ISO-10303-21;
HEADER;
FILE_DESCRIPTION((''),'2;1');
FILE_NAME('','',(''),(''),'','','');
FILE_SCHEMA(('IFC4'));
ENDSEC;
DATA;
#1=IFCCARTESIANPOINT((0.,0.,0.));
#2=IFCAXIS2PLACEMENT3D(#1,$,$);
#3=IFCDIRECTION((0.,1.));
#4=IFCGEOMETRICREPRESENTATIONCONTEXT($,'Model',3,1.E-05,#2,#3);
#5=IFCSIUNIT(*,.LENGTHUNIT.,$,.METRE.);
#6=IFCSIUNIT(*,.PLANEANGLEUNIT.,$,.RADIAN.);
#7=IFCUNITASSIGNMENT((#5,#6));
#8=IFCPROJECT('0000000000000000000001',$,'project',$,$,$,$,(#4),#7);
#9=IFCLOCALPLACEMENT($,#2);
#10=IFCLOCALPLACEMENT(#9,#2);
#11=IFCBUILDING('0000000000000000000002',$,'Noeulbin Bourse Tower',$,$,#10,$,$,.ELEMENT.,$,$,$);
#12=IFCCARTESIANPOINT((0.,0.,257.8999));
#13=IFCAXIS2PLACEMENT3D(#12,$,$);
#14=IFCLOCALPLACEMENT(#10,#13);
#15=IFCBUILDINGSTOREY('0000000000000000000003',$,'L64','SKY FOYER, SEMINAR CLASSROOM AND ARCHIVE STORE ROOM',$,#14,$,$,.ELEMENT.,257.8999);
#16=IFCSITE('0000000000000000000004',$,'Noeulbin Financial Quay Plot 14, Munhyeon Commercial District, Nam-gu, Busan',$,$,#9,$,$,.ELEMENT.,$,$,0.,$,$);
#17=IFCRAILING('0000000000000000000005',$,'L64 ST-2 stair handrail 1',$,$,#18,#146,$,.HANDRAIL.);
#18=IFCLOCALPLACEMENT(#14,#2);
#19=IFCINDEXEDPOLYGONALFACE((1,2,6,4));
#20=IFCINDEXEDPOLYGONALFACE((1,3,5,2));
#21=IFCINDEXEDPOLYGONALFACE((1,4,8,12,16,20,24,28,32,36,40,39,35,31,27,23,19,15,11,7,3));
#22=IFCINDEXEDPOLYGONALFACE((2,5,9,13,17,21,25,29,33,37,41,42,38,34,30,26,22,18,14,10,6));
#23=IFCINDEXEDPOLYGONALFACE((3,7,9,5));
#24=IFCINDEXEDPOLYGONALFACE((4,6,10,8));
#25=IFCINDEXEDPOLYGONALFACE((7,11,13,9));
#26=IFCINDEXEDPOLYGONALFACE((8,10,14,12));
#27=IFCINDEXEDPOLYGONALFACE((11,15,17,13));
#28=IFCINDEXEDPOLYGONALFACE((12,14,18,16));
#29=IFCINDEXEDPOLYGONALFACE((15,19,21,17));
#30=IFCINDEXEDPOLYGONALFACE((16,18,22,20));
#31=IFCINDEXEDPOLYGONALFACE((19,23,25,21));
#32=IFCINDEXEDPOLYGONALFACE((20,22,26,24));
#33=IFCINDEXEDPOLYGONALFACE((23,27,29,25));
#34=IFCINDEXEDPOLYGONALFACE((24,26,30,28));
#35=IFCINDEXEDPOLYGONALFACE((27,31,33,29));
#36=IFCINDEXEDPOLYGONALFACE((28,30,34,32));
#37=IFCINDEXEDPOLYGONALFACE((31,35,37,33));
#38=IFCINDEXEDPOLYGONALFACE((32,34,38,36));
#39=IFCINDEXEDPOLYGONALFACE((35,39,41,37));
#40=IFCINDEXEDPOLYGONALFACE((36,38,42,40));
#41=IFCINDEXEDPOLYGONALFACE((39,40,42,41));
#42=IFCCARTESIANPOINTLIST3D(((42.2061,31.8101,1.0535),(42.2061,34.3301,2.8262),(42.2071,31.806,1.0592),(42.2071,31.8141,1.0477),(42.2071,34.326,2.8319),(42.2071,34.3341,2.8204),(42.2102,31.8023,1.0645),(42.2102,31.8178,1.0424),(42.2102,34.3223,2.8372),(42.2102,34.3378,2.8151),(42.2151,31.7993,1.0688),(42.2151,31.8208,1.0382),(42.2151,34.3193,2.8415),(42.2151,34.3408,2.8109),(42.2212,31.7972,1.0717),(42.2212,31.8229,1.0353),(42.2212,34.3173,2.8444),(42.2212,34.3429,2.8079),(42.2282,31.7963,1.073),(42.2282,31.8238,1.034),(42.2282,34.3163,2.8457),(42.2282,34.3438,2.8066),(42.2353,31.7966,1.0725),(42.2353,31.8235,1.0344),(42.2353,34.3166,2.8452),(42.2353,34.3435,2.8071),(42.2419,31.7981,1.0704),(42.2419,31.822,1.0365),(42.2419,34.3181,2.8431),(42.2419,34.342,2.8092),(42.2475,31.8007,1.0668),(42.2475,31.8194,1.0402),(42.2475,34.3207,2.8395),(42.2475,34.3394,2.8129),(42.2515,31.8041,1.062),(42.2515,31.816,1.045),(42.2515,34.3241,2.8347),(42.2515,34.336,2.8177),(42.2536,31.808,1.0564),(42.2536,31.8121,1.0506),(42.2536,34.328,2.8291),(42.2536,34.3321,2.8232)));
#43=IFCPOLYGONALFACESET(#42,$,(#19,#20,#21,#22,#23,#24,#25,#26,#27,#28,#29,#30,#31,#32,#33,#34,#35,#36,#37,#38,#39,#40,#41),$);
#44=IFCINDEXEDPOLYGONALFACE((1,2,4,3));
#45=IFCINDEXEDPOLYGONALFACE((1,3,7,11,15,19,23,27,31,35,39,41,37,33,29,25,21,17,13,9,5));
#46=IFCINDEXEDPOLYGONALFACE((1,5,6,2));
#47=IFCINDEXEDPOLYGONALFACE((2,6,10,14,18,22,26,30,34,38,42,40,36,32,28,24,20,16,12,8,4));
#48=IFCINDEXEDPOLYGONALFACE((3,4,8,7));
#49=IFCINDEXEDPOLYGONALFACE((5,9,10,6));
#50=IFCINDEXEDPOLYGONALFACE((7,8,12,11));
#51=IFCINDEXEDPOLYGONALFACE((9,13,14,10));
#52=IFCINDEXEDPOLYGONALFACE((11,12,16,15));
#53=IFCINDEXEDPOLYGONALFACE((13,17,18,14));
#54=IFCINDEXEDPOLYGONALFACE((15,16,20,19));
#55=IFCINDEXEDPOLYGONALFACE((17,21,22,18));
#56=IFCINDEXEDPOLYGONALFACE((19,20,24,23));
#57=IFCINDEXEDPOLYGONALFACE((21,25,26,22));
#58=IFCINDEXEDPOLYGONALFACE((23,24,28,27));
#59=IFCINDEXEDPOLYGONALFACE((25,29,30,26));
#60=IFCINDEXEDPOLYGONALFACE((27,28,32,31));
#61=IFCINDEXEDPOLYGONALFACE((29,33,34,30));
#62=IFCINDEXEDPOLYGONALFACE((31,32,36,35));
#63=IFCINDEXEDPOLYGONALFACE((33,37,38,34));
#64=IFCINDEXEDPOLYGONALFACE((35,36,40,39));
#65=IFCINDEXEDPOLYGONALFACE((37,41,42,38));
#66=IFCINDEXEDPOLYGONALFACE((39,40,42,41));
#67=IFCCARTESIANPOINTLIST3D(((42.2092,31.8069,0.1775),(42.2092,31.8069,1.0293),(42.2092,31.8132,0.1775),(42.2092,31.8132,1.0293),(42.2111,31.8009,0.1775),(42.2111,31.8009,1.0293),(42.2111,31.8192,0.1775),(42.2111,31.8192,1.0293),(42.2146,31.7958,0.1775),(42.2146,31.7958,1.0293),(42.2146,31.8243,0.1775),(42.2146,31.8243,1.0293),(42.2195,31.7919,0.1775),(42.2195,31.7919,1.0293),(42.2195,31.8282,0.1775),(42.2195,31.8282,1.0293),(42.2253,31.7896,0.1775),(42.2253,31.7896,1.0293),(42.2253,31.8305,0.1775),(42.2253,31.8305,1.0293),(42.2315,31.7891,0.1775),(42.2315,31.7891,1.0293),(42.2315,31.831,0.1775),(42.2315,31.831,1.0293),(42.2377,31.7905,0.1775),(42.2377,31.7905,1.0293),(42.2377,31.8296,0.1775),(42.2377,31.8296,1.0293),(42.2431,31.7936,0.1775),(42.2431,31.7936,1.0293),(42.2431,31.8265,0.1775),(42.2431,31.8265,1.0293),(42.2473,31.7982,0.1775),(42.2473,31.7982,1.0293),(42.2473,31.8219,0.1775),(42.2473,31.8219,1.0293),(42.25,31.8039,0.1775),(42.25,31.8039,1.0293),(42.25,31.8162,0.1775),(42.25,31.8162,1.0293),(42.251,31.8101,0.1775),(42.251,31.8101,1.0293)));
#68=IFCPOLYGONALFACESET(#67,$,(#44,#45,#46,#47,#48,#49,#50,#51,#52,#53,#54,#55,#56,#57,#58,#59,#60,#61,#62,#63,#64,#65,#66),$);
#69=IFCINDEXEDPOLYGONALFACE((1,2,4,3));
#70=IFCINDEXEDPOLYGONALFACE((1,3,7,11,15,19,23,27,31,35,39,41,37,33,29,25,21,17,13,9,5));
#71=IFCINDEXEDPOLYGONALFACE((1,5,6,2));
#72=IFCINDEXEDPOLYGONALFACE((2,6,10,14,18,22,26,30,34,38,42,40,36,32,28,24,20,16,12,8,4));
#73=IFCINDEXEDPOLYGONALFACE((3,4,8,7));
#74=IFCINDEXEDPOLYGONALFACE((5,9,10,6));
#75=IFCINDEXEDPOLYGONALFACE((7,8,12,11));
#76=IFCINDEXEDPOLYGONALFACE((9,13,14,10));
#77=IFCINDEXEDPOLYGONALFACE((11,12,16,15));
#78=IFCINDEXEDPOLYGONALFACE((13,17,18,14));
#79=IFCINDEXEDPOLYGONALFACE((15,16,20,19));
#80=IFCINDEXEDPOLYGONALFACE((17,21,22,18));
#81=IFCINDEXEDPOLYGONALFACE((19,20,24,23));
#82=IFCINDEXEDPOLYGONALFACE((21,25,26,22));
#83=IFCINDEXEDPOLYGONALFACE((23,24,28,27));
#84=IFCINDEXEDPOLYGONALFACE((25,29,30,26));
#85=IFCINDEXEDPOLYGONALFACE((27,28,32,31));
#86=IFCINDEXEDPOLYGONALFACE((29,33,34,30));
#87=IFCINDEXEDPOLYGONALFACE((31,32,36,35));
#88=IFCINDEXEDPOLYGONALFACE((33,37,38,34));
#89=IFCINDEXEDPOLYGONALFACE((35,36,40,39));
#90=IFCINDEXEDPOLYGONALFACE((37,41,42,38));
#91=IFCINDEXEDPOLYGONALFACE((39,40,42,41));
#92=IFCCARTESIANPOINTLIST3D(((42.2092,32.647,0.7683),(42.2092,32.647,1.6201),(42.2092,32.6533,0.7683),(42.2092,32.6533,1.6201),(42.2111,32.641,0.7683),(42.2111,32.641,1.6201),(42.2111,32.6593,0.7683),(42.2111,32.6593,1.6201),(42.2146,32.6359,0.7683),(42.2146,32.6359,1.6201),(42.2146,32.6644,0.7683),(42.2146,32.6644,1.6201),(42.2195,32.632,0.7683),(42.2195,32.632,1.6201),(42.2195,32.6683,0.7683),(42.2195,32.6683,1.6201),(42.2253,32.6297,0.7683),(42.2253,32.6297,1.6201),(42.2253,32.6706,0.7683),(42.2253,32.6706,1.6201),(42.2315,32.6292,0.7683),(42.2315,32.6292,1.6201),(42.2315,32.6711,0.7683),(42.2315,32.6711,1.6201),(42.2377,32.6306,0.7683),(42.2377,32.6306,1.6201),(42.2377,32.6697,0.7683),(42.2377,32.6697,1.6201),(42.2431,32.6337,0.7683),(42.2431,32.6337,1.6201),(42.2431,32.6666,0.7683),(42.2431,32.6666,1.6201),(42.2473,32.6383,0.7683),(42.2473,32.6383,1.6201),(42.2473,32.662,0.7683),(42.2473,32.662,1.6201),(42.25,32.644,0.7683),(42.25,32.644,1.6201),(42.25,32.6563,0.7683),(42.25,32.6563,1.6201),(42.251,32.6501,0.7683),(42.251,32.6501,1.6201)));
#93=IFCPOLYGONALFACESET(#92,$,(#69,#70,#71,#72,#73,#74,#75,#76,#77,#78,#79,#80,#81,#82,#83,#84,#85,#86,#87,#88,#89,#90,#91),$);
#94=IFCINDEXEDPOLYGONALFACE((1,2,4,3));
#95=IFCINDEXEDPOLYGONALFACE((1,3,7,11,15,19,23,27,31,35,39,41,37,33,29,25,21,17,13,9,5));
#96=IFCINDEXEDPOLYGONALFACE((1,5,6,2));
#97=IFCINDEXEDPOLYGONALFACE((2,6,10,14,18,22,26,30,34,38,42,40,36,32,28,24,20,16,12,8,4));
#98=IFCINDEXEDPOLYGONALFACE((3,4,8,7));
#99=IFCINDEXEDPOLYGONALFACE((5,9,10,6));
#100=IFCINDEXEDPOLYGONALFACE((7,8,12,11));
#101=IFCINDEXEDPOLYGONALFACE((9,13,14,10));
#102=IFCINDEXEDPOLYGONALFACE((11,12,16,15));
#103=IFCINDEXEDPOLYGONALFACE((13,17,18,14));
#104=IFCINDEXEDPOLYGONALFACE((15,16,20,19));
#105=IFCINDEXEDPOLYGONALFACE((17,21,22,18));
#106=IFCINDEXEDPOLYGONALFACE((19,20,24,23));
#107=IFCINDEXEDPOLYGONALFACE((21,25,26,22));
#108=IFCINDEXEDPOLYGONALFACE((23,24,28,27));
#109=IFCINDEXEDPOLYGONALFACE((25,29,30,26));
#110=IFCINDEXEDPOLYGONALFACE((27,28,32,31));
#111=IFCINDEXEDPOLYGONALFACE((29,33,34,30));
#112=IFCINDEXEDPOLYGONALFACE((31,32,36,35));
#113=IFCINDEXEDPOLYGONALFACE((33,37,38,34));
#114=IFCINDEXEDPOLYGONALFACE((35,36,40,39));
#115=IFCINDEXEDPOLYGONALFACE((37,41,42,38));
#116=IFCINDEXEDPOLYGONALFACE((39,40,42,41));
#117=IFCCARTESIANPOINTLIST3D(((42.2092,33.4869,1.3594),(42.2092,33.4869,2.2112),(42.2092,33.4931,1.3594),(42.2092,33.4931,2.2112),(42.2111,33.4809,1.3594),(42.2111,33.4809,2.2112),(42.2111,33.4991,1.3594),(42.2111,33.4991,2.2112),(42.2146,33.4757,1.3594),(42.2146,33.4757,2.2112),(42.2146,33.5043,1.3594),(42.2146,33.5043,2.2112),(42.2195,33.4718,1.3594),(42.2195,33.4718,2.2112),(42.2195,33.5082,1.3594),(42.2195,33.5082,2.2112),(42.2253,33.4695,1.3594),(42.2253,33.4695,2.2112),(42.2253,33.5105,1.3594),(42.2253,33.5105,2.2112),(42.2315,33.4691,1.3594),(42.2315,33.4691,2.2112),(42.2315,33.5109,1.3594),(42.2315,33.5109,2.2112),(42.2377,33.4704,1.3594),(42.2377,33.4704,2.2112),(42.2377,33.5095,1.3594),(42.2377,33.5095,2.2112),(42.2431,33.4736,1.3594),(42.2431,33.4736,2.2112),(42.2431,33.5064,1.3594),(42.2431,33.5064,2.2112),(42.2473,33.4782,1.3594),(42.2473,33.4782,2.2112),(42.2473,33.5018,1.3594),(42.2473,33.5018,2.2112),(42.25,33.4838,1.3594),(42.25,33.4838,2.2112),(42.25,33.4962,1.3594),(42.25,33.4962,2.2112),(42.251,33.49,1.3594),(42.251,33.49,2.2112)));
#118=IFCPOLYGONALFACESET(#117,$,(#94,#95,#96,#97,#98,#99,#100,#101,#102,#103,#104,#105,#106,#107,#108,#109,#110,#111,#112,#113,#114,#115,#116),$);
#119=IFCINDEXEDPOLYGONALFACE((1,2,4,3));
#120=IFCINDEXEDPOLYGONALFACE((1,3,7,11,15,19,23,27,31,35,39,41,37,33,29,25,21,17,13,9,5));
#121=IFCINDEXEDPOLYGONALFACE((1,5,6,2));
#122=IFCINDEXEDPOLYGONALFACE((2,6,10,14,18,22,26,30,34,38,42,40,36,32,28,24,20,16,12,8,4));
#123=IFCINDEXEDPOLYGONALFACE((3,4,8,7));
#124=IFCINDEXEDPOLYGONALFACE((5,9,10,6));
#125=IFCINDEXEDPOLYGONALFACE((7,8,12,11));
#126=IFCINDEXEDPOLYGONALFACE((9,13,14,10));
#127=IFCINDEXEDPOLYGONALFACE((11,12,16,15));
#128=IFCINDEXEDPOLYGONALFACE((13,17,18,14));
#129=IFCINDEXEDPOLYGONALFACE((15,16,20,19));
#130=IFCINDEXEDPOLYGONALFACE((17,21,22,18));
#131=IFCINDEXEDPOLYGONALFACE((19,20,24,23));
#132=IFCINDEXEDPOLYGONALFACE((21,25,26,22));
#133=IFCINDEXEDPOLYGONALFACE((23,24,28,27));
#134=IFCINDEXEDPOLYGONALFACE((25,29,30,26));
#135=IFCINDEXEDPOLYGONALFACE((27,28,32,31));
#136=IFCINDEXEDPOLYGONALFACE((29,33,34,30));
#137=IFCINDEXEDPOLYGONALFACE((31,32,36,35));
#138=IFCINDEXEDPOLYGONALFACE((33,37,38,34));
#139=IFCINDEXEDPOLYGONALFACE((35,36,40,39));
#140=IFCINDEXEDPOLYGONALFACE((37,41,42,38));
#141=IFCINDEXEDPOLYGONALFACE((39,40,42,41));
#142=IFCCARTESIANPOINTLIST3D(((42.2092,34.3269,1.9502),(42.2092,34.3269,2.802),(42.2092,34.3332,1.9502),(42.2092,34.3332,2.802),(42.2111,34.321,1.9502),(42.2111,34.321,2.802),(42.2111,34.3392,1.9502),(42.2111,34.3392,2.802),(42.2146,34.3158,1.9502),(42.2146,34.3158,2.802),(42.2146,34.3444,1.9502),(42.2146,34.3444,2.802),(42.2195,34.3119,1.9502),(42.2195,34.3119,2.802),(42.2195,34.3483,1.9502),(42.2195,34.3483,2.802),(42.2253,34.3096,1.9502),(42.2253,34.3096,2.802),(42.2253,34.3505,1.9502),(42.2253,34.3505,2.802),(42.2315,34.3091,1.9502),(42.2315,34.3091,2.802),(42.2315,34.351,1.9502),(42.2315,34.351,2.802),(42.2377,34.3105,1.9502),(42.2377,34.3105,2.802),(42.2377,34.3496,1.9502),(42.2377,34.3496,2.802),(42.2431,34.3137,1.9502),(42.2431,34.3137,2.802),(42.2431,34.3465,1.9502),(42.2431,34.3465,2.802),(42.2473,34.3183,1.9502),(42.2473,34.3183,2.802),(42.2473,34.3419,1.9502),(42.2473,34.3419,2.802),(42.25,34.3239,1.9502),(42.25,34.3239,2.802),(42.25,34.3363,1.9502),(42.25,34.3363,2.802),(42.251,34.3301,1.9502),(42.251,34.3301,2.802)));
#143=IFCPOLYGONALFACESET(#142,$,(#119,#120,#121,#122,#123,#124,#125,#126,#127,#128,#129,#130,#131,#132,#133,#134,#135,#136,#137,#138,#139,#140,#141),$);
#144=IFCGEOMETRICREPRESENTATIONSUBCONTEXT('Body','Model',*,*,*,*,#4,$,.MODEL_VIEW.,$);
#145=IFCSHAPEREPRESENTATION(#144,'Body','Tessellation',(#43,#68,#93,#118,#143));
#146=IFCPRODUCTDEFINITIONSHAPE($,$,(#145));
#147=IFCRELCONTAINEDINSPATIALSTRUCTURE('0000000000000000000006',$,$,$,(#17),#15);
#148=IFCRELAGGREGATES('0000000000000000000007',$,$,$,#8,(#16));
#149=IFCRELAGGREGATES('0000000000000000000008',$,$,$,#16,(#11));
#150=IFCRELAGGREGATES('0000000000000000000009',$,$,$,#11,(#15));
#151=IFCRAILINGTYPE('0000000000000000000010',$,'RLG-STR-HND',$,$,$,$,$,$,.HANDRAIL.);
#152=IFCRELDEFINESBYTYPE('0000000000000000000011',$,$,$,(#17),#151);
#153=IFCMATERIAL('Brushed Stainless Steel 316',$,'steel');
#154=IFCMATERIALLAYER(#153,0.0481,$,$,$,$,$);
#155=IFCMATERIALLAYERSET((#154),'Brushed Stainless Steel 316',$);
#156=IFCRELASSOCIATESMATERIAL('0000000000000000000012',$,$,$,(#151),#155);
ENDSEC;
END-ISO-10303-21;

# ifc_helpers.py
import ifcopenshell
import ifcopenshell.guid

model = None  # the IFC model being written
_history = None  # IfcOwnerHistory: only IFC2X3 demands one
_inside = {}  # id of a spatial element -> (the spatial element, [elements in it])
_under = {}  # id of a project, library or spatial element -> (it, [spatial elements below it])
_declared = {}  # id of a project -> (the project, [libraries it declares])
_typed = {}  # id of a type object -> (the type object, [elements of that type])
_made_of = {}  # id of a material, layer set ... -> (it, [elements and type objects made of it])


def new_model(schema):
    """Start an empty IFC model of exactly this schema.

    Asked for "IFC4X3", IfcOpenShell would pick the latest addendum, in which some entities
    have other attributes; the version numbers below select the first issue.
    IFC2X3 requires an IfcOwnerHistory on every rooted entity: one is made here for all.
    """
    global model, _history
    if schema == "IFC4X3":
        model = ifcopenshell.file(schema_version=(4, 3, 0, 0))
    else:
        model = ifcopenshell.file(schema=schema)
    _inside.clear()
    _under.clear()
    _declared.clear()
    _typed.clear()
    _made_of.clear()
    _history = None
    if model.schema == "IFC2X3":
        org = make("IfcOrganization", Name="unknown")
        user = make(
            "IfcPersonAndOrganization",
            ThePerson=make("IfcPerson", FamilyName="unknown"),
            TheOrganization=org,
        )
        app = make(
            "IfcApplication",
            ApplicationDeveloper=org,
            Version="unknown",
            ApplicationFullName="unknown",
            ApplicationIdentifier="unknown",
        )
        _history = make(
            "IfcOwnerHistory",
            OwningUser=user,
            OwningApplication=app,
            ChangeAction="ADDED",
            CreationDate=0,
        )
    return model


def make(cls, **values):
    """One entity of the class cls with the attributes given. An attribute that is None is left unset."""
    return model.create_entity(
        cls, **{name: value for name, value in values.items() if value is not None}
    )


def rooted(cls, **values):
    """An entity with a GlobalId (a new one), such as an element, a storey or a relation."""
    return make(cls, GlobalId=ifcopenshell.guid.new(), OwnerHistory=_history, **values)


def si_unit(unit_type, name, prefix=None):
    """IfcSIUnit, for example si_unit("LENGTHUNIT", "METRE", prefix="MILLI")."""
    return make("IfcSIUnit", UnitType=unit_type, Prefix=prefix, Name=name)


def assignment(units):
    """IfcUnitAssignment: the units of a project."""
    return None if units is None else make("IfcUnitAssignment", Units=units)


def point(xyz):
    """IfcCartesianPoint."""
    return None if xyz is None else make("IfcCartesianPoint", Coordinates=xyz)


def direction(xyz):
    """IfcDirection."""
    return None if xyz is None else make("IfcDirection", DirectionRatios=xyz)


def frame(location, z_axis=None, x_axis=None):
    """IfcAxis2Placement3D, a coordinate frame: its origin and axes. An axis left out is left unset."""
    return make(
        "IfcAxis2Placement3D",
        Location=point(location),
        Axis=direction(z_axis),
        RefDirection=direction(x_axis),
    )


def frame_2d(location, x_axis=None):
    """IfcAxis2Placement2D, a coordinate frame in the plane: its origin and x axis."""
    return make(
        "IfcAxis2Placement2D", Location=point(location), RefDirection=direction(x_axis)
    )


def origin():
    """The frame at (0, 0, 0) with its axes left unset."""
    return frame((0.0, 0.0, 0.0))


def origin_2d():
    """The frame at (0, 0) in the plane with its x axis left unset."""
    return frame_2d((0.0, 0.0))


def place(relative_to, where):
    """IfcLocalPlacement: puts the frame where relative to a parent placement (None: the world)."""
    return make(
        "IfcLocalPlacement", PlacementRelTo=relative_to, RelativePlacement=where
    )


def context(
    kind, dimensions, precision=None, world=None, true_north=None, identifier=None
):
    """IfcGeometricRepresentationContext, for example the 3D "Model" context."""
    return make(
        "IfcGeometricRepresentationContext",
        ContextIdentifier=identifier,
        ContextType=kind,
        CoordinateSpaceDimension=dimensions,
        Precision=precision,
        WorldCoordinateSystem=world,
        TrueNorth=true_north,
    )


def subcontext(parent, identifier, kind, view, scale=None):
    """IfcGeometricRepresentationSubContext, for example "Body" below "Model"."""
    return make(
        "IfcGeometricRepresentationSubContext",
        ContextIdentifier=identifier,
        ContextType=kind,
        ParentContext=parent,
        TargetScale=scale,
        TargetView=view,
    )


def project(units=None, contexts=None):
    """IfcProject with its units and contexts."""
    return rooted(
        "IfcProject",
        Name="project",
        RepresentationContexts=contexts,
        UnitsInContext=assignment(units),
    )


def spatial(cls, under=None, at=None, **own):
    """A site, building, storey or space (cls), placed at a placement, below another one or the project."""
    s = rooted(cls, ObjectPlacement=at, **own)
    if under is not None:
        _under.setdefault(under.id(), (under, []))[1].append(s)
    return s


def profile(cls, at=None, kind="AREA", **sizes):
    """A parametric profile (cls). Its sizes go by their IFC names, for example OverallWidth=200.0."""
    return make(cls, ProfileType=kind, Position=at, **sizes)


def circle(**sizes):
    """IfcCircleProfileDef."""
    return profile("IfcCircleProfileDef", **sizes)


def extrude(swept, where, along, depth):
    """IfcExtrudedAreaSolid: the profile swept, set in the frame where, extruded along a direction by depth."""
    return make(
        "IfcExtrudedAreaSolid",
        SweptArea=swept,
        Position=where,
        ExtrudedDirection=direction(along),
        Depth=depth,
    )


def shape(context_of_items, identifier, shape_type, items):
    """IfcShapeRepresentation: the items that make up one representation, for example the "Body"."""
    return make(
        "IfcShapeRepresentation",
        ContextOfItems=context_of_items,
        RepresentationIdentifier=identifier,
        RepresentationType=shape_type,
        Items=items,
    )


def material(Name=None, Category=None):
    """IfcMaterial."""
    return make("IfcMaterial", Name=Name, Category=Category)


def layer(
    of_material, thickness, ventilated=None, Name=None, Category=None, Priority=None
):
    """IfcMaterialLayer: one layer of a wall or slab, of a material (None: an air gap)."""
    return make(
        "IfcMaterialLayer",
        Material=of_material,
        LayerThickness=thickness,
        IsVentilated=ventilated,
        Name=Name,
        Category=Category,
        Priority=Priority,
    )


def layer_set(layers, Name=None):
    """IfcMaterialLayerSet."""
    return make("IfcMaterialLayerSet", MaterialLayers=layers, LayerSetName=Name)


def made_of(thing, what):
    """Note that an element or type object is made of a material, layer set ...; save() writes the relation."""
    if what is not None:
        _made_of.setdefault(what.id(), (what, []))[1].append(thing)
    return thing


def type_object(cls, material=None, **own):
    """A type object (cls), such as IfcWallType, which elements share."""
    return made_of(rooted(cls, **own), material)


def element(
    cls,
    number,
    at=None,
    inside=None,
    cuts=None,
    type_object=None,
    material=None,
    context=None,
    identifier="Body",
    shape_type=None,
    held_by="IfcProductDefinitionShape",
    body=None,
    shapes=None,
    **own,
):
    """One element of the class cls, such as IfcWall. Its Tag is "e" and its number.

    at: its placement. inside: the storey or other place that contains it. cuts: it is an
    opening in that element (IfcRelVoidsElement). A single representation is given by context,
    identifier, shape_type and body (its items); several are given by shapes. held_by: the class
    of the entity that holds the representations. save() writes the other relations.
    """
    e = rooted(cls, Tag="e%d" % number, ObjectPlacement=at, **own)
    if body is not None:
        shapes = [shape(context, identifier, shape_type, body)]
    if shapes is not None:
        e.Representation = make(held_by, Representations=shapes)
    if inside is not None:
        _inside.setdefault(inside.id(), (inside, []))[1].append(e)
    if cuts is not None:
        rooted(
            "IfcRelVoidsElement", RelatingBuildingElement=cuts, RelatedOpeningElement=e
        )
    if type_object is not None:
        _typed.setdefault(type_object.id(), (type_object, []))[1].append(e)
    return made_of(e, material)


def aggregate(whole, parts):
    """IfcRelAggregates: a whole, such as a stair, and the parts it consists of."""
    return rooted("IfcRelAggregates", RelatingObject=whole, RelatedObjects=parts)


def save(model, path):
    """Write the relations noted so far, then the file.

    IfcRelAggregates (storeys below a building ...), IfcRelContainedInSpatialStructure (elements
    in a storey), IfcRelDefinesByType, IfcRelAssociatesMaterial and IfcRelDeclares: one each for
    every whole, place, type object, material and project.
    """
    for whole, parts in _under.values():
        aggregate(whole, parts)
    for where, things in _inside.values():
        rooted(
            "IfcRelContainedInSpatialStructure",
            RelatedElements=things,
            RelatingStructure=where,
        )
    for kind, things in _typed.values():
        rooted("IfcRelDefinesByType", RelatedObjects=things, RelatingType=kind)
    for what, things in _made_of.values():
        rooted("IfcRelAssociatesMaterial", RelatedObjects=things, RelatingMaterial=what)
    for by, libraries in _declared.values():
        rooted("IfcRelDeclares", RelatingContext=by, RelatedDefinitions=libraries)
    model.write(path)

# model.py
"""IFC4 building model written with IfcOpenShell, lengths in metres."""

from ifc_helpers import new_model, si_unit, direction, frame, origin, origin_2d, place, context, subcontext, project, spatial, circle, extrude, material, layer, layer_set, type_object, element, save


model = new_model("IFC4")

# Units and contexts
model_context = context("Model", 3, precision=1e-05, world=origin(), true_north=direction((0.0, 1.0)))
body_context = subcontext(model_context, "Body", "Model", "MODEL_VIEW")
ifc_project = project(units=[si_unit("LENGTHUNIT", "METRE"), si_unit("PLANEANGLEUNIT", "RADIAN")], contexts=[model_context])

# Site, building, storey
site_placement = place(None, origin())
site = spatial("IfcSite", under=ifc_project, at=site_placement, Name="Noeulbin Financial Quay Plot 14, Munhyeon Commercial District, Nam-gu, Busan", CompositionType="ELEMENT", RefElevation=0.0)
building_placement = place(site_placement, origin())
building = spatial("IfcBuilding", under=site, at=building_placement, Name="Noeulbin Bourse Tower", CompositionType="ELEMENT")
storey_placement = place(building_placement, frame((0.0, 0.0, 257.8999)))
storey = spatial("IfcBuildingStorey", under=building, at=storey_placement, Name="L64", Description="SKY FOYER, SEMINAR CLASSROOM AND ARCHIVE STORE ROOM", CompositionType="ELEMENT", Elevation=257.8999)

# Railing
ifc_material_1 = material(Name="Brushed Stainless Steel 316", Category="steel")
ifc_layer_1 = layer(ifc_material_1, 0.0481)
ifc_layer_set_1 = layer_set([ifc_layer_1], Name="Brushed Stainless Steel 316")
railing_type_1 = type_object("IfcRailingType", Name="RLG-STR-HND", PredefinedType="HANDRAIL", material=ifc_layer_set_1)
railing_1_placement = place(storey_placement, frame((42.23, 31.8101, 0.1775)))
element("IfcRailing", 1, at=railing_1_placement, inside=storey, type_object=railing_type_1, Name="L64 ST-2 stair handrail 1", PredefinedType="HANDRAIL", context=body_context, shape_type="SweptSolid", body=[
    extrude(circle(Radius=0.0239, at=origin_2d()), frame((0.0, 0.0, 0.876), z_axis=(0.0, 0.817904, 0.575354), x_axis=(-1.0, 0.0, 0.0)), (0.0, 0.0, 1.0), 3.0811),
    extrude(circle(Radius=0.021, at=origin_2d()), origin(), (0.0, 0.0, 1.0), 0.8518),
    extrude(circle(Radius=0.021, at=origin_2d()), frame((0.0, 0.8401, 0.5908)), (0.0, 0.0, 1.0), 0.8518),
    extrude(circle(Radius=0.021, at=origin_2d()), frame((0.0, 1.6799, 1.1819)), (0.0, 0.0, 1.0), 0.8518),
    extrude(circle(Radius=0.021, at=origin_2d()), frame((0.0, 2.52, 1.7727)), (0.0, 0.0, 1.0), 0.8518),
])

save(model, "model.ifc")
